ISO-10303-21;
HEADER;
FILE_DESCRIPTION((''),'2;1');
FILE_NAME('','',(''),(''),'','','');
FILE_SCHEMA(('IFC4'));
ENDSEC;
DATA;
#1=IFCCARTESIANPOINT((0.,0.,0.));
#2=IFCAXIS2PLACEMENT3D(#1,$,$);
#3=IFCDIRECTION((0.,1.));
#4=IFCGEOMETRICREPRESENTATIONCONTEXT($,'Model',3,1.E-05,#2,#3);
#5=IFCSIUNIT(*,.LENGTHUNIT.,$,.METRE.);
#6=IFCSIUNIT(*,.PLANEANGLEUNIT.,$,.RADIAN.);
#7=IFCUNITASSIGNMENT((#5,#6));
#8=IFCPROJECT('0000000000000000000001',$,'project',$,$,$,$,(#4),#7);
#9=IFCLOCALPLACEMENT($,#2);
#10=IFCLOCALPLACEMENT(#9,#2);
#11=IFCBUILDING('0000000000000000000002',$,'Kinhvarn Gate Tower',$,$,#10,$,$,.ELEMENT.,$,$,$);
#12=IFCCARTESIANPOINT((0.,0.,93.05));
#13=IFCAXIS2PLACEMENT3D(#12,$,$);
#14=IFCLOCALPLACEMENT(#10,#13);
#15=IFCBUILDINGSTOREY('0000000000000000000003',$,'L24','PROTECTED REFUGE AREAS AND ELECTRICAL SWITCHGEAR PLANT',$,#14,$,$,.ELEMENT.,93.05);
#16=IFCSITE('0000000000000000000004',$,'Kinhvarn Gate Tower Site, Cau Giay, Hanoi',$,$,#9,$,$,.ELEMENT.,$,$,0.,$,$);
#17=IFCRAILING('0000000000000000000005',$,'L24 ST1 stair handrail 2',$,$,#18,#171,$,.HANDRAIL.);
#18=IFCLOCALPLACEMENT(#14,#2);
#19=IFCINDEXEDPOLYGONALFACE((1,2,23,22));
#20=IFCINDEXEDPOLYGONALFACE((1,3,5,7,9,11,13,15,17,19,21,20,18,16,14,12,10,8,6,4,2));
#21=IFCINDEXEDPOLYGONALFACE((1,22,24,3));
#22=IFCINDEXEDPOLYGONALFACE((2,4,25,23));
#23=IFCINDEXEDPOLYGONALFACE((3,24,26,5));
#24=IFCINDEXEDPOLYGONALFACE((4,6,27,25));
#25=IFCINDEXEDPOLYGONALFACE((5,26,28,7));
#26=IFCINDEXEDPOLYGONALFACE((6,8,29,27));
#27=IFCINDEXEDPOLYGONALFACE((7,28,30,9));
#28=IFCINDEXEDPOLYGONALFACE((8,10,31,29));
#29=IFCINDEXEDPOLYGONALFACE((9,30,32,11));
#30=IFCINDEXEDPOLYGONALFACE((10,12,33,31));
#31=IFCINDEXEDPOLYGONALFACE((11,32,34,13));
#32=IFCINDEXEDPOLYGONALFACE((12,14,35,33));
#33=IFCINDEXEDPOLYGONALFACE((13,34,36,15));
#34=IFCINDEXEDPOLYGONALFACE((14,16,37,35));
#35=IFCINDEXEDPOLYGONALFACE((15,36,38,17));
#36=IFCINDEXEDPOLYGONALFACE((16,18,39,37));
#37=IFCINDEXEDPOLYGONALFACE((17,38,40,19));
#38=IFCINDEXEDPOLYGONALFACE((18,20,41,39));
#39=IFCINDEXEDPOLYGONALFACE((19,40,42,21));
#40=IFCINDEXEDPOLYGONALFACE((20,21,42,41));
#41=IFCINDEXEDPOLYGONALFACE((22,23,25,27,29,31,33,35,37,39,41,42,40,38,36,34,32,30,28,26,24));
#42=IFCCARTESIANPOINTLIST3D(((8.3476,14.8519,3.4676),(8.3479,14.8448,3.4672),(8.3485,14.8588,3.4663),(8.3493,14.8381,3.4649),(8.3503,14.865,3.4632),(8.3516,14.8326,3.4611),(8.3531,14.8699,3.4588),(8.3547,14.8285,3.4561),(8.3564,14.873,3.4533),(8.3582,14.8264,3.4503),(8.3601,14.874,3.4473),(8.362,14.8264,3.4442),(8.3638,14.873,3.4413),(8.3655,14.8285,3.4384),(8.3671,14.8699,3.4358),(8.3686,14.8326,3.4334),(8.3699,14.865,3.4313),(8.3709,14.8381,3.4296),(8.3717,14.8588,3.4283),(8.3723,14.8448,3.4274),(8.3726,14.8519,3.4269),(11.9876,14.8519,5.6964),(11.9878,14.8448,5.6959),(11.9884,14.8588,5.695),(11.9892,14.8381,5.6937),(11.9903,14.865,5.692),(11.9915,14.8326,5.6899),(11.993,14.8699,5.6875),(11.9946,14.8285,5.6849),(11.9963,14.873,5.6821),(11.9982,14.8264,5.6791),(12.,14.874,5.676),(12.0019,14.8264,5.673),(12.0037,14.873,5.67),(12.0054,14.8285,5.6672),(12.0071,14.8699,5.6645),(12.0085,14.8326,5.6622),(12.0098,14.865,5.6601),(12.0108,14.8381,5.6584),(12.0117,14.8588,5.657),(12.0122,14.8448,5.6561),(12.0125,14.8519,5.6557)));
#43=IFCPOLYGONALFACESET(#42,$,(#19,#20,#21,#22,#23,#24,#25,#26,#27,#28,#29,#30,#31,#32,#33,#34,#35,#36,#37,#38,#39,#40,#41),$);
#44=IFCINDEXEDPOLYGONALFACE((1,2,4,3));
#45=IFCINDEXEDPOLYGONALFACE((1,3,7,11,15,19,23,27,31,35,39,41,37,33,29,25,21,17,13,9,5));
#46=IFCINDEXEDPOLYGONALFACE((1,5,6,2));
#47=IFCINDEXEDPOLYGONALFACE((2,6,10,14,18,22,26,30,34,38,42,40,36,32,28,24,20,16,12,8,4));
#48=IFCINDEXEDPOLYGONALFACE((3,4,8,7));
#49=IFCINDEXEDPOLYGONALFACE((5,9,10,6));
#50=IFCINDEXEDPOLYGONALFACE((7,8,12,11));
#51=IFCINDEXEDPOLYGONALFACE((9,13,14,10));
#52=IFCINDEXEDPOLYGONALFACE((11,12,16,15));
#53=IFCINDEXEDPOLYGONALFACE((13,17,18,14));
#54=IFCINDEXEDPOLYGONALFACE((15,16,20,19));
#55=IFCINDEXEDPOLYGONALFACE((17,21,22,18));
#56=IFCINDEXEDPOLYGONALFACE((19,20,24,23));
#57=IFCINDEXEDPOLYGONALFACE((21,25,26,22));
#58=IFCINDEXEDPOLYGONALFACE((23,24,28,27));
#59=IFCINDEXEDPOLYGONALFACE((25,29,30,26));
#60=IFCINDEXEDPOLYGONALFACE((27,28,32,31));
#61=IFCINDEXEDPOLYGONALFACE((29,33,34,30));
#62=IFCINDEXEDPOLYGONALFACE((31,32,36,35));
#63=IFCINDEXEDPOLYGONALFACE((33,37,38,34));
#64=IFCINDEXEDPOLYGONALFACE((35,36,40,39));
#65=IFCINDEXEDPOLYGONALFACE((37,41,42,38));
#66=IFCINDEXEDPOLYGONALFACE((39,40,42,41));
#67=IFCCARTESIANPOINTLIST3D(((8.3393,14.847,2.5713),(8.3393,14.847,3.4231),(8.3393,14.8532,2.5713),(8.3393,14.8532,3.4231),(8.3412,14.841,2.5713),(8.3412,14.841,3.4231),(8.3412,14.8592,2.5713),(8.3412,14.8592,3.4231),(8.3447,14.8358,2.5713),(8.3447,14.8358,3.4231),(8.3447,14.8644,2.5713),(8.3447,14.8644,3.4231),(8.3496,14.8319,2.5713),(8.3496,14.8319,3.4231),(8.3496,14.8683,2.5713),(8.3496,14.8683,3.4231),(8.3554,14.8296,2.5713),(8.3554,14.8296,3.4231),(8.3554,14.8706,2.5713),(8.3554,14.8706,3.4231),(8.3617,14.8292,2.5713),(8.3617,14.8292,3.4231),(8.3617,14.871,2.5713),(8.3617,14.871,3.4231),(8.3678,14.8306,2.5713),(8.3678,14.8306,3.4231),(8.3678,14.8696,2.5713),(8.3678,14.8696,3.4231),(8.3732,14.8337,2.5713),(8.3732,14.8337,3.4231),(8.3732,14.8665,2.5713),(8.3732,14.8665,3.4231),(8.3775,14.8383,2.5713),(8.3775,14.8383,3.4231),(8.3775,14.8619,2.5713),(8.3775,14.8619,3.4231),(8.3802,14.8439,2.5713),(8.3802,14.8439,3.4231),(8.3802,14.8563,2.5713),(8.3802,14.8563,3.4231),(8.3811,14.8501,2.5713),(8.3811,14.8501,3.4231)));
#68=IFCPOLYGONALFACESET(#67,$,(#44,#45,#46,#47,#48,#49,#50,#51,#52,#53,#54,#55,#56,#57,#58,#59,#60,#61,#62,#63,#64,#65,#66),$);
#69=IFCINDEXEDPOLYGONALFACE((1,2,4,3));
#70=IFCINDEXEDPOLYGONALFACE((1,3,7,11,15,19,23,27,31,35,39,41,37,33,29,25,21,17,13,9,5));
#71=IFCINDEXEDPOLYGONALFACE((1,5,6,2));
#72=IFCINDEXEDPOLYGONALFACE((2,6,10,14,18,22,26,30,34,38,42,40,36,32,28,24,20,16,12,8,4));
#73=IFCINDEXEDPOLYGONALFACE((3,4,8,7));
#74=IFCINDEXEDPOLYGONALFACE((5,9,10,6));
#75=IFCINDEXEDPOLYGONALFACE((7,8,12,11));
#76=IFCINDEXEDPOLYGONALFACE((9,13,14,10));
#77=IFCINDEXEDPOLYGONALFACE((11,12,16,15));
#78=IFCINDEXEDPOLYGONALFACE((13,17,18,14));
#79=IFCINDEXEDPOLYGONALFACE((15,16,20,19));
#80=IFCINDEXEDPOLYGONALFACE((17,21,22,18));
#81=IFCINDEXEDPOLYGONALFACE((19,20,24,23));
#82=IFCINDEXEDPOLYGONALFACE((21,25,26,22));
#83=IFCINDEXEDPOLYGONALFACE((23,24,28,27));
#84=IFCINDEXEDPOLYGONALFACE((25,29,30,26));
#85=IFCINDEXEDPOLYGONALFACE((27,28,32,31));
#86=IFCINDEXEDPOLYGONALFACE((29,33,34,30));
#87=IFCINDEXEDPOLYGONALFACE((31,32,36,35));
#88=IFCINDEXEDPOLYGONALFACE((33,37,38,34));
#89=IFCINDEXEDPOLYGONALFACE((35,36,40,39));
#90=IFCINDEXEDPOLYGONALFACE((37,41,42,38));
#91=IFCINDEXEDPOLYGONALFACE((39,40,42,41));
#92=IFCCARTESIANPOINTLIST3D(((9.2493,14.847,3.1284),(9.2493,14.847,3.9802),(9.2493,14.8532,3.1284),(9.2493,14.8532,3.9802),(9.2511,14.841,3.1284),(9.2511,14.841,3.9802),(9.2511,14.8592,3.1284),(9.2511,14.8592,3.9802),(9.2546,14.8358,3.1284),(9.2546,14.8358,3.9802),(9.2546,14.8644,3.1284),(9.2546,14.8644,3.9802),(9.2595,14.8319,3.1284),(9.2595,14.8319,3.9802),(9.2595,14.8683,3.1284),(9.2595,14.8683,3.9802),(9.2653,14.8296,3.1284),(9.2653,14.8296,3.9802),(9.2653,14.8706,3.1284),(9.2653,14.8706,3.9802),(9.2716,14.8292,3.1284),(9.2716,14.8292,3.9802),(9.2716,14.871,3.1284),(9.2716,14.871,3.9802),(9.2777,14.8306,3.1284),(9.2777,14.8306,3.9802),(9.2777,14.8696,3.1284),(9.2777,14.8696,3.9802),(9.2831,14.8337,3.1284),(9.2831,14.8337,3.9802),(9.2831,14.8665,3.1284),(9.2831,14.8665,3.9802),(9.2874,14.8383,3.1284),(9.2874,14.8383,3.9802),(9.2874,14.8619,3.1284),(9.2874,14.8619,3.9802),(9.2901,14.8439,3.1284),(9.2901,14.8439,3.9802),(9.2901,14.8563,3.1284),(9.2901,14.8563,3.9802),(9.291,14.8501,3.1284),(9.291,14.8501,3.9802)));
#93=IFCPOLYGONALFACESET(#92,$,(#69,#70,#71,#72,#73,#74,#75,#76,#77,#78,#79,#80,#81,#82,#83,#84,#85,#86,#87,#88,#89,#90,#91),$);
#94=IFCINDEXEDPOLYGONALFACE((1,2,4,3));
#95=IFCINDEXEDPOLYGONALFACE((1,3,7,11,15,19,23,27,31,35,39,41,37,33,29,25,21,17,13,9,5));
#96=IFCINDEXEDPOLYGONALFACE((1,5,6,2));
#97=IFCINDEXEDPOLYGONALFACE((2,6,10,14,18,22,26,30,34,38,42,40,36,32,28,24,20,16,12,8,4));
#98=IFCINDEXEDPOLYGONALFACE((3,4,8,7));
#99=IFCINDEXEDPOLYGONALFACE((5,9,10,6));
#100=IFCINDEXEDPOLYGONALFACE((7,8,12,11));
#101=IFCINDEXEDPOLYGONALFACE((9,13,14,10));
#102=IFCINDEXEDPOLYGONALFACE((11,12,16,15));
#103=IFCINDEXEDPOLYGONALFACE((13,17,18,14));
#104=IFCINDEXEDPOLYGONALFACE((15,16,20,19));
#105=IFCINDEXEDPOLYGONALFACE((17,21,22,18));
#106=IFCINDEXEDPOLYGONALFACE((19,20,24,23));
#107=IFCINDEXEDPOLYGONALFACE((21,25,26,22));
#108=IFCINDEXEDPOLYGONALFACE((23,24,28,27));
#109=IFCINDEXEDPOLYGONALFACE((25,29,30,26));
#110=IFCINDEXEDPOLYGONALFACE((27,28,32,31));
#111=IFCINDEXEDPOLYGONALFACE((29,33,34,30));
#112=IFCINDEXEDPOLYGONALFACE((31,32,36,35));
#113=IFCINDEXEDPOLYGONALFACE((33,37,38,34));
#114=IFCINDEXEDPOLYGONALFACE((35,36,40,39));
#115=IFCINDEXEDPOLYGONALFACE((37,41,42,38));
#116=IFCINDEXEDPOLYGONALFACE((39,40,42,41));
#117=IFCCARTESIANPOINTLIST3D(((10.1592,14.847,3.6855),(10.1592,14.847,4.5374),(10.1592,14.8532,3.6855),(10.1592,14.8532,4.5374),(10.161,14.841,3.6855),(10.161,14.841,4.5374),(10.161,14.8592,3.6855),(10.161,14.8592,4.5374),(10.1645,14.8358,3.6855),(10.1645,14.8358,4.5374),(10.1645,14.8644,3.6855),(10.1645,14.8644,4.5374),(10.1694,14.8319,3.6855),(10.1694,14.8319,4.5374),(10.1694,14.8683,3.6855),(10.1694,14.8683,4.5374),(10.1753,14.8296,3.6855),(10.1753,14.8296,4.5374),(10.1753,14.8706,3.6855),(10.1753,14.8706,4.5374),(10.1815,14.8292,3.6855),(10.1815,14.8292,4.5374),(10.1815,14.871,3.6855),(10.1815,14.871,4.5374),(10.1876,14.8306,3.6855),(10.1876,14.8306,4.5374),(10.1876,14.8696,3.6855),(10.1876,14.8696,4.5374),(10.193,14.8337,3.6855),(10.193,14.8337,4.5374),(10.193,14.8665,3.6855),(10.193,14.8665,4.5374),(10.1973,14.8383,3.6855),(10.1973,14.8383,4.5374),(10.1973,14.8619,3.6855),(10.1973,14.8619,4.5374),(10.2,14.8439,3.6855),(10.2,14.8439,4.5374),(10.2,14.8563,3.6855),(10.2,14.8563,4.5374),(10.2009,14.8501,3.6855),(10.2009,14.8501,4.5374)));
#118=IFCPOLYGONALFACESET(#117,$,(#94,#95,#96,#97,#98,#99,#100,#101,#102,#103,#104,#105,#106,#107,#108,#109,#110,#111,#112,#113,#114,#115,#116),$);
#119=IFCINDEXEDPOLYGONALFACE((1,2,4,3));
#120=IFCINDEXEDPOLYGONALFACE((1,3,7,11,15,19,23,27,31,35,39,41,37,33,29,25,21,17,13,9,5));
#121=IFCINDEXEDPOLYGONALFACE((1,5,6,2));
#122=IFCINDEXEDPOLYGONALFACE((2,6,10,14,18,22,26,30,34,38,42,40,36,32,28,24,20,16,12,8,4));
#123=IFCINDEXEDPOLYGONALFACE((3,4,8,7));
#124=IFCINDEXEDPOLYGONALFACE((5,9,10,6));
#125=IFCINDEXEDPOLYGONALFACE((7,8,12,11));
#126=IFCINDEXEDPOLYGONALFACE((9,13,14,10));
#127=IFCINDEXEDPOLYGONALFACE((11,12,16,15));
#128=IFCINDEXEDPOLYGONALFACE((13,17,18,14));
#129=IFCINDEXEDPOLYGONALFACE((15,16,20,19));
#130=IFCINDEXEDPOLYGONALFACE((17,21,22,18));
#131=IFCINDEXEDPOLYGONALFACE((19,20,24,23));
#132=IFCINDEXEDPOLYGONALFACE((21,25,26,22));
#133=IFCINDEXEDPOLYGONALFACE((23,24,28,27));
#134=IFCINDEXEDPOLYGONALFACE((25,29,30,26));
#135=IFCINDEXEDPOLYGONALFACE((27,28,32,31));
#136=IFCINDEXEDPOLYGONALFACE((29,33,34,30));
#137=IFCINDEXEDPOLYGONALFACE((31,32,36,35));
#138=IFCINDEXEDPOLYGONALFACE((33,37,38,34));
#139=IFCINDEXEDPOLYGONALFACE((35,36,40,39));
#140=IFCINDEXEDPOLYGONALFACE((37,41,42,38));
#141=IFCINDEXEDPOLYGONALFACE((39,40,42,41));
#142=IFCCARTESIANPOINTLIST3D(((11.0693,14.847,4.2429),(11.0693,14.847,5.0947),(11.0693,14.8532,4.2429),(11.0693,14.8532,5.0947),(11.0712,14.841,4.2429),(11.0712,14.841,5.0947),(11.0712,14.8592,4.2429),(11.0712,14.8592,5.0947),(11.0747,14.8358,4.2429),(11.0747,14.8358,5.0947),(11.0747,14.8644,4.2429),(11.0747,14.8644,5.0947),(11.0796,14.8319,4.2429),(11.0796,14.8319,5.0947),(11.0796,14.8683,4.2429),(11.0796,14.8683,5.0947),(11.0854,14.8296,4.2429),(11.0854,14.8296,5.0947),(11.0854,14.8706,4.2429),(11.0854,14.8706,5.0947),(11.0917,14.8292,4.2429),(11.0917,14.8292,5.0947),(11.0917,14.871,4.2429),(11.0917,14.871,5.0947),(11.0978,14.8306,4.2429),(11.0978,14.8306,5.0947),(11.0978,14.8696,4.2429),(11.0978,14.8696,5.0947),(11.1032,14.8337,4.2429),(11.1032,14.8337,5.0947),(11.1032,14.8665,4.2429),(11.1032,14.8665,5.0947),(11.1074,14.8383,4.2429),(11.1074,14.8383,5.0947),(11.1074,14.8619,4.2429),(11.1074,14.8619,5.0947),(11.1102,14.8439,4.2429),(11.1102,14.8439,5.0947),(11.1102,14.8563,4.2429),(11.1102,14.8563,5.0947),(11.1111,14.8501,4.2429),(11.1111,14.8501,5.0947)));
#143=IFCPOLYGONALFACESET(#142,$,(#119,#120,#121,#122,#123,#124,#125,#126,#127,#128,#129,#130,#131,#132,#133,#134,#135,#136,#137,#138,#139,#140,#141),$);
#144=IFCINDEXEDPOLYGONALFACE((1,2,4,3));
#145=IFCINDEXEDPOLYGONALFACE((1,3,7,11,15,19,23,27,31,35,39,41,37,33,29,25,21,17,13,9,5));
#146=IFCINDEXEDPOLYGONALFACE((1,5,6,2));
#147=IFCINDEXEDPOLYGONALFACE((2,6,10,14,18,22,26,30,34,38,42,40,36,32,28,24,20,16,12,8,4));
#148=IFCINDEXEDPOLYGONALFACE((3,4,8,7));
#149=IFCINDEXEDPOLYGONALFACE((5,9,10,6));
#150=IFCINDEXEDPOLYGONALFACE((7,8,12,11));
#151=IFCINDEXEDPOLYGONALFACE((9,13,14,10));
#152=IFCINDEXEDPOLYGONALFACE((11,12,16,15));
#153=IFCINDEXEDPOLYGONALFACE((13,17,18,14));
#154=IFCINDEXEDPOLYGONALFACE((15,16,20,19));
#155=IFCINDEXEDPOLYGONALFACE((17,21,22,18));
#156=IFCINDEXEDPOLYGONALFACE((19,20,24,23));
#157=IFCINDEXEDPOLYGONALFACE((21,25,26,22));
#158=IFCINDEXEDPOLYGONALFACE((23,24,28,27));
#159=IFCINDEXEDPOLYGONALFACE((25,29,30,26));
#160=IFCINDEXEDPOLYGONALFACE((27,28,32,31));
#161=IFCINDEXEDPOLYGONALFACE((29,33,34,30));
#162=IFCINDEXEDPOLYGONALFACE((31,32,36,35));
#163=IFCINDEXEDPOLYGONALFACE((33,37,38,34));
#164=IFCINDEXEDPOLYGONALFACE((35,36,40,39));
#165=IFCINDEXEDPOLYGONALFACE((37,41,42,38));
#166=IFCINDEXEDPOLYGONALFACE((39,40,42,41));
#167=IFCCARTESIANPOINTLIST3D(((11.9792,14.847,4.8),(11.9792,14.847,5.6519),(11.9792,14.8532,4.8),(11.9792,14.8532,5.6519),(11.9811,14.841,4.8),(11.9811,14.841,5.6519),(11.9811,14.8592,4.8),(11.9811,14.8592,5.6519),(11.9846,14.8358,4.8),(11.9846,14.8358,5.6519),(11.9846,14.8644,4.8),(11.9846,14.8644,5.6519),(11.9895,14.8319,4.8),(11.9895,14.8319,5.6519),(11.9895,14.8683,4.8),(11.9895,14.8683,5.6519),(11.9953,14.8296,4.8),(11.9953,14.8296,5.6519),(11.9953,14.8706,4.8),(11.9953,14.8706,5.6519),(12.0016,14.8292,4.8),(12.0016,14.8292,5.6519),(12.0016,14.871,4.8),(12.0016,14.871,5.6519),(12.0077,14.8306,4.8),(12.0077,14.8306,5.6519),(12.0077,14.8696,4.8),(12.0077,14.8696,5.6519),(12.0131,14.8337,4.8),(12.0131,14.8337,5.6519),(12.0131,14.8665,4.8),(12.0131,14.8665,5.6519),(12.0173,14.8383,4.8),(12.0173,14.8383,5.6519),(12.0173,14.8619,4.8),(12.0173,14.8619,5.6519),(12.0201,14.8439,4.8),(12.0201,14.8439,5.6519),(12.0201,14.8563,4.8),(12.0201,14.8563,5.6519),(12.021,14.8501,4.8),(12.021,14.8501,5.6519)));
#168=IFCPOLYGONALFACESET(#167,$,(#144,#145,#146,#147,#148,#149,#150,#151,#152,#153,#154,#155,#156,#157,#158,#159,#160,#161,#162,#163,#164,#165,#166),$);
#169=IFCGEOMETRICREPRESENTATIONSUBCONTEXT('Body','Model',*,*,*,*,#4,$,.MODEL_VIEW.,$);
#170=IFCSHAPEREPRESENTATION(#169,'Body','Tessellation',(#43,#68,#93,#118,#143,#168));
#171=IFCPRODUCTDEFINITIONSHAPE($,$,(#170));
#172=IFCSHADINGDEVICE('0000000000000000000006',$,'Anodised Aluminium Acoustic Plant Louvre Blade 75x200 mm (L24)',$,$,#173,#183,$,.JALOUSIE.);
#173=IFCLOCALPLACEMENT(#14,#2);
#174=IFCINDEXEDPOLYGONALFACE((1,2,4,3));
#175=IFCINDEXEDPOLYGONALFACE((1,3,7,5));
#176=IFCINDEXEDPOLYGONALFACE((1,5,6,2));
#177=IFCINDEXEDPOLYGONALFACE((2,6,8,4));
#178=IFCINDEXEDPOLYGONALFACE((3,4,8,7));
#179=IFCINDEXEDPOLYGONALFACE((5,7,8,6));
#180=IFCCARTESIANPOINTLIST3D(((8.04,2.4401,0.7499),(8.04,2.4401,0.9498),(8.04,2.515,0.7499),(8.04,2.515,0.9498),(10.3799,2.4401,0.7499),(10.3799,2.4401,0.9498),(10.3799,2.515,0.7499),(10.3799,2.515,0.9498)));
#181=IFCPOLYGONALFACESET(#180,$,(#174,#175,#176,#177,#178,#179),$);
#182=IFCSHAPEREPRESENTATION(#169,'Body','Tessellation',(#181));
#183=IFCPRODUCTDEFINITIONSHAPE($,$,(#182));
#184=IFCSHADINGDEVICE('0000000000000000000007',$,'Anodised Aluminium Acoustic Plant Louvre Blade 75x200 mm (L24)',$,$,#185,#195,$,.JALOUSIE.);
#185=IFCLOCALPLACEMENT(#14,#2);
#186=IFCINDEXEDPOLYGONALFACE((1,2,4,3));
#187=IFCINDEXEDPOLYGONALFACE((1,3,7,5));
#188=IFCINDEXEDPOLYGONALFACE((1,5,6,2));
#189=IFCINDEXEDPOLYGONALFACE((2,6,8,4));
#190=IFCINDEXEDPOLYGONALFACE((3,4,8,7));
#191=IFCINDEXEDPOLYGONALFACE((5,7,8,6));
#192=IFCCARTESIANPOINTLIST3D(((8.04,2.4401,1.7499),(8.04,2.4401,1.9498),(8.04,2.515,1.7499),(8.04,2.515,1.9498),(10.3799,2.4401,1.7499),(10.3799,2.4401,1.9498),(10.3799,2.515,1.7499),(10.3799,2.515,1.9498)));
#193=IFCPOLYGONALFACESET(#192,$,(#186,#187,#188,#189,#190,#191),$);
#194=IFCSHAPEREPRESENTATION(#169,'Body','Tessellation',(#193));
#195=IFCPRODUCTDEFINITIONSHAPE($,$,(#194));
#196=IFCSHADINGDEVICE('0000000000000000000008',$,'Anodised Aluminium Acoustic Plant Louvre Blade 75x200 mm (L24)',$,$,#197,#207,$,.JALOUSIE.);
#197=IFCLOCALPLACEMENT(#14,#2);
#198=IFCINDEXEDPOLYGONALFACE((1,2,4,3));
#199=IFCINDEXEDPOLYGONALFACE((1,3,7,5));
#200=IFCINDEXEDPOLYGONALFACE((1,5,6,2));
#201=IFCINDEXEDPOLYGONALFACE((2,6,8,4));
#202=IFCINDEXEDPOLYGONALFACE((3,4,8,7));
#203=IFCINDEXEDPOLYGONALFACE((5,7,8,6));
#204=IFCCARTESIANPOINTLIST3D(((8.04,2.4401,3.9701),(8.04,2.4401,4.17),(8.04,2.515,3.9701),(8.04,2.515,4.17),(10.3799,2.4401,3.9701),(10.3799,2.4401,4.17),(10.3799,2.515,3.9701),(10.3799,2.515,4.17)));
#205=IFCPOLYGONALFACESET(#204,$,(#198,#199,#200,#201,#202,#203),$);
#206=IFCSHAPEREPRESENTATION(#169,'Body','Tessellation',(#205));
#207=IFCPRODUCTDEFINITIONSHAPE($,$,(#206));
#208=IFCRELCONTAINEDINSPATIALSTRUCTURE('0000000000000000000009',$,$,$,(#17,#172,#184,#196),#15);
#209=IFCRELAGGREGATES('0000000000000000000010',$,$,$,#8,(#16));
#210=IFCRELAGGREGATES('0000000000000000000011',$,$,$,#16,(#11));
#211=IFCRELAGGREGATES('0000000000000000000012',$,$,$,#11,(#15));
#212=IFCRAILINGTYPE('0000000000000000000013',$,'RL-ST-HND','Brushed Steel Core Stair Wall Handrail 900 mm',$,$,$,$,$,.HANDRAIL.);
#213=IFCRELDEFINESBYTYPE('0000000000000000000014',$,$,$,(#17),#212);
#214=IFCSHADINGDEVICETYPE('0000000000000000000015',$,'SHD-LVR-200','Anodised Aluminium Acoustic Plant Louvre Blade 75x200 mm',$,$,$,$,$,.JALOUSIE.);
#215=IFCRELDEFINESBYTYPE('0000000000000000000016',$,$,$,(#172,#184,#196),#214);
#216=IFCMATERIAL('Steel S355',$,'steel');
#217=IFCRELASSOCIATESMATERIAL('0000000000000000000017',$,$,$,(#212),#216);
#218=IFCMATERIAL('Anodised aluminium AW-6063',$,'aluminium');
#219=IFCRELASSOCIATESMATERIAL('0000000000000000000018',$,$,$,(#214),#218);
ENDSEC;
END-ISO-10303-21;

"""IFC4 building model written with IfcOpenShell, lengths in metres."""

from ifc_helpers import new_model, si_unit, direction, frame, origin, origin_2d, place, context, subcontext, project, spatial, rectangle, circle, extrude, material, material_profile, profile_set, type_object, element, save


model = new_model("IFC4")

# Units and contexts
model_context = context("Model", 3, precision=1e-05, world=origin(), true_north=direction((0.0, 1.0)))
body_context = subcontext(model_context, "Body", "Model", "MODEL_VIEW")
ifc_project = project(units=[si_unit("LENGTHUNIT", "METRE"), si_unit("PLANEANGLEUNIT", "RADIAN")], contexts=[model_context])

# Site, building, storey
site_placement = place(None, origin())
site = spatial("IfcSite", under=ifc_project, at=site_placement, Name="Kinhvarn Gate Tower Site, Cau Giay, Hanoi", CompositionType="ELEMENT", RefElevation=0.0)
building_placement = place(site_placement, origin())
building = spatial("IfcBuilding", under=site, at=building_placement, Name="Kinhvarn Gate Tower", CompositionType="ELEMENT")
storey_placement = place(building_placement, frame((0.0, 0.0, 93.05)))
storey = spatial("IfcBuildingStorey", under=building, at=storey_placement, Name="L24", Description="PROTECTED REFUGE AREAS AND ELECTRICAL SWITCHGEAR PLANT", CompositionType="ELEMENT", Elevation=93.05)

# Shared definitions
ifc_material_1 = material(Name="Anodised aluminium AW-6063", Category="aluminium")

# Shared definitions
ifc_material_2 = material(Name="Steel S355", Category="steel")

# Railing
railing_type_1 = type_object("IfcRailingType", Name="RL-ST-HND", Description="Brushed Steel Core Stair Wall Handrail 900 mm", PredefinedType="HANDRAIL", material=ifc_material_2)
railing_1_placement = place(storey_placement, frame((8.3601, 14.8501, 2.5713)))
element("IfcRailing", 1, at=railing_1_placement, inside=storey, type_object=railing_type_1, Name="L24 ST1 stair handrail 2", PredefinedType="HANDRAIL", context=body_context, shape_type="SweptSolid", body=[
    extrude(circle(Radius=0.0239, at=origin_2d()), frame((0.0, 0.0, 0.876), z_axis=(0.852825, 0.0, 0.522197), x_axis=(0.0, 1.0, 0.0)), (0.0, 0.0, 1.0), 4.2681),
    extrude(circle(Radius=0.021, at=origin_2d()), origin(), (0.0, 0.0, 1.0), 0.8518),
    extrude(circle(Radius=0.021, at=origin_2d()), frame((0.9099, 0.0, 0.5571)), (0.0, 0.0, 1.0), 0.8518),
    extrude(circle(Radius=0.021, at=origin_2d()), frame((1.8198, 0.0, 1.1143)), (0.0, 0.0, 1.0), 0.8518),
    extrude(circle(Radius=0.021, at=origin_2d()), frame((2.73, 0.0, 1.6716)), (0.0, 0.0, 1.0), 0.8518),
    extrude(circle(Radius=0.021, at=origin_2d()), frame((3.6399, 0.0, 2.2288)), (0.0, 0.0, 1.0), 0.8518),
])

# Shading devices
ifc_material_profile_1 = material_profile(ifc_material_1, rectangle(XDim=0.075, YDim=0.2, at=origin_2d()), Name="LOUVRE 75x200")
ifc_profile_set_1 = profile_set([ifc_material_profile_1], Name="Anodised aluminium AW-6063")
shading_device_type = type_object("IfcShadingDeviceType", Name="SHD-LVR-200", Description="Anodised Aluminium Acoustic Plant Louvre Blade 75x200 mm", PredefinedType="JALOUSIE", material=ifc_profile_set_1)
for number, where, z_axis, x_axis, name in (
    (2, (8.04, 2.4775, 0.8499), (1.0, 0.0, 0.0), (0.0, 1.0, 0.0), "Anodised Aluminium Acoustic Plant Louvre Blade 75x200 mm (L24)"),
    (3, (8.04, 2.4775, 1.8499), (1.0, 0.0, 0.0), (0.0, 1.0, 0.0), "Anodised Aluminium Acoustic Plant Louvre Blade 75x200 mm (L24)"),
    (4, (8.04, 2.4775, 4.0701), (1.0, 0.0, 0.0), (0.0, 1.0, 0.0), "Anodised Aluminium Acoustic Plant Louvre Blade 75x200 mm (L24)"),
):
    element("IfcShadingDevice", number, at=place(storey_placement, frame(where, z_axis=z_axis, x_axis=x_axis)), inside=storey, type_object=shading_device_type, Name=name, PredefinedType="JALOUSIE", context=body_context, shape_type="SweptSolid", body=[
        extrude(rectangle(XDim=0.075, YDim=0.2, at=origin_2d()), origin(), (0.0, 0.0, 1.0), 2.3398),
    ])

save(model, "model.ifc")
